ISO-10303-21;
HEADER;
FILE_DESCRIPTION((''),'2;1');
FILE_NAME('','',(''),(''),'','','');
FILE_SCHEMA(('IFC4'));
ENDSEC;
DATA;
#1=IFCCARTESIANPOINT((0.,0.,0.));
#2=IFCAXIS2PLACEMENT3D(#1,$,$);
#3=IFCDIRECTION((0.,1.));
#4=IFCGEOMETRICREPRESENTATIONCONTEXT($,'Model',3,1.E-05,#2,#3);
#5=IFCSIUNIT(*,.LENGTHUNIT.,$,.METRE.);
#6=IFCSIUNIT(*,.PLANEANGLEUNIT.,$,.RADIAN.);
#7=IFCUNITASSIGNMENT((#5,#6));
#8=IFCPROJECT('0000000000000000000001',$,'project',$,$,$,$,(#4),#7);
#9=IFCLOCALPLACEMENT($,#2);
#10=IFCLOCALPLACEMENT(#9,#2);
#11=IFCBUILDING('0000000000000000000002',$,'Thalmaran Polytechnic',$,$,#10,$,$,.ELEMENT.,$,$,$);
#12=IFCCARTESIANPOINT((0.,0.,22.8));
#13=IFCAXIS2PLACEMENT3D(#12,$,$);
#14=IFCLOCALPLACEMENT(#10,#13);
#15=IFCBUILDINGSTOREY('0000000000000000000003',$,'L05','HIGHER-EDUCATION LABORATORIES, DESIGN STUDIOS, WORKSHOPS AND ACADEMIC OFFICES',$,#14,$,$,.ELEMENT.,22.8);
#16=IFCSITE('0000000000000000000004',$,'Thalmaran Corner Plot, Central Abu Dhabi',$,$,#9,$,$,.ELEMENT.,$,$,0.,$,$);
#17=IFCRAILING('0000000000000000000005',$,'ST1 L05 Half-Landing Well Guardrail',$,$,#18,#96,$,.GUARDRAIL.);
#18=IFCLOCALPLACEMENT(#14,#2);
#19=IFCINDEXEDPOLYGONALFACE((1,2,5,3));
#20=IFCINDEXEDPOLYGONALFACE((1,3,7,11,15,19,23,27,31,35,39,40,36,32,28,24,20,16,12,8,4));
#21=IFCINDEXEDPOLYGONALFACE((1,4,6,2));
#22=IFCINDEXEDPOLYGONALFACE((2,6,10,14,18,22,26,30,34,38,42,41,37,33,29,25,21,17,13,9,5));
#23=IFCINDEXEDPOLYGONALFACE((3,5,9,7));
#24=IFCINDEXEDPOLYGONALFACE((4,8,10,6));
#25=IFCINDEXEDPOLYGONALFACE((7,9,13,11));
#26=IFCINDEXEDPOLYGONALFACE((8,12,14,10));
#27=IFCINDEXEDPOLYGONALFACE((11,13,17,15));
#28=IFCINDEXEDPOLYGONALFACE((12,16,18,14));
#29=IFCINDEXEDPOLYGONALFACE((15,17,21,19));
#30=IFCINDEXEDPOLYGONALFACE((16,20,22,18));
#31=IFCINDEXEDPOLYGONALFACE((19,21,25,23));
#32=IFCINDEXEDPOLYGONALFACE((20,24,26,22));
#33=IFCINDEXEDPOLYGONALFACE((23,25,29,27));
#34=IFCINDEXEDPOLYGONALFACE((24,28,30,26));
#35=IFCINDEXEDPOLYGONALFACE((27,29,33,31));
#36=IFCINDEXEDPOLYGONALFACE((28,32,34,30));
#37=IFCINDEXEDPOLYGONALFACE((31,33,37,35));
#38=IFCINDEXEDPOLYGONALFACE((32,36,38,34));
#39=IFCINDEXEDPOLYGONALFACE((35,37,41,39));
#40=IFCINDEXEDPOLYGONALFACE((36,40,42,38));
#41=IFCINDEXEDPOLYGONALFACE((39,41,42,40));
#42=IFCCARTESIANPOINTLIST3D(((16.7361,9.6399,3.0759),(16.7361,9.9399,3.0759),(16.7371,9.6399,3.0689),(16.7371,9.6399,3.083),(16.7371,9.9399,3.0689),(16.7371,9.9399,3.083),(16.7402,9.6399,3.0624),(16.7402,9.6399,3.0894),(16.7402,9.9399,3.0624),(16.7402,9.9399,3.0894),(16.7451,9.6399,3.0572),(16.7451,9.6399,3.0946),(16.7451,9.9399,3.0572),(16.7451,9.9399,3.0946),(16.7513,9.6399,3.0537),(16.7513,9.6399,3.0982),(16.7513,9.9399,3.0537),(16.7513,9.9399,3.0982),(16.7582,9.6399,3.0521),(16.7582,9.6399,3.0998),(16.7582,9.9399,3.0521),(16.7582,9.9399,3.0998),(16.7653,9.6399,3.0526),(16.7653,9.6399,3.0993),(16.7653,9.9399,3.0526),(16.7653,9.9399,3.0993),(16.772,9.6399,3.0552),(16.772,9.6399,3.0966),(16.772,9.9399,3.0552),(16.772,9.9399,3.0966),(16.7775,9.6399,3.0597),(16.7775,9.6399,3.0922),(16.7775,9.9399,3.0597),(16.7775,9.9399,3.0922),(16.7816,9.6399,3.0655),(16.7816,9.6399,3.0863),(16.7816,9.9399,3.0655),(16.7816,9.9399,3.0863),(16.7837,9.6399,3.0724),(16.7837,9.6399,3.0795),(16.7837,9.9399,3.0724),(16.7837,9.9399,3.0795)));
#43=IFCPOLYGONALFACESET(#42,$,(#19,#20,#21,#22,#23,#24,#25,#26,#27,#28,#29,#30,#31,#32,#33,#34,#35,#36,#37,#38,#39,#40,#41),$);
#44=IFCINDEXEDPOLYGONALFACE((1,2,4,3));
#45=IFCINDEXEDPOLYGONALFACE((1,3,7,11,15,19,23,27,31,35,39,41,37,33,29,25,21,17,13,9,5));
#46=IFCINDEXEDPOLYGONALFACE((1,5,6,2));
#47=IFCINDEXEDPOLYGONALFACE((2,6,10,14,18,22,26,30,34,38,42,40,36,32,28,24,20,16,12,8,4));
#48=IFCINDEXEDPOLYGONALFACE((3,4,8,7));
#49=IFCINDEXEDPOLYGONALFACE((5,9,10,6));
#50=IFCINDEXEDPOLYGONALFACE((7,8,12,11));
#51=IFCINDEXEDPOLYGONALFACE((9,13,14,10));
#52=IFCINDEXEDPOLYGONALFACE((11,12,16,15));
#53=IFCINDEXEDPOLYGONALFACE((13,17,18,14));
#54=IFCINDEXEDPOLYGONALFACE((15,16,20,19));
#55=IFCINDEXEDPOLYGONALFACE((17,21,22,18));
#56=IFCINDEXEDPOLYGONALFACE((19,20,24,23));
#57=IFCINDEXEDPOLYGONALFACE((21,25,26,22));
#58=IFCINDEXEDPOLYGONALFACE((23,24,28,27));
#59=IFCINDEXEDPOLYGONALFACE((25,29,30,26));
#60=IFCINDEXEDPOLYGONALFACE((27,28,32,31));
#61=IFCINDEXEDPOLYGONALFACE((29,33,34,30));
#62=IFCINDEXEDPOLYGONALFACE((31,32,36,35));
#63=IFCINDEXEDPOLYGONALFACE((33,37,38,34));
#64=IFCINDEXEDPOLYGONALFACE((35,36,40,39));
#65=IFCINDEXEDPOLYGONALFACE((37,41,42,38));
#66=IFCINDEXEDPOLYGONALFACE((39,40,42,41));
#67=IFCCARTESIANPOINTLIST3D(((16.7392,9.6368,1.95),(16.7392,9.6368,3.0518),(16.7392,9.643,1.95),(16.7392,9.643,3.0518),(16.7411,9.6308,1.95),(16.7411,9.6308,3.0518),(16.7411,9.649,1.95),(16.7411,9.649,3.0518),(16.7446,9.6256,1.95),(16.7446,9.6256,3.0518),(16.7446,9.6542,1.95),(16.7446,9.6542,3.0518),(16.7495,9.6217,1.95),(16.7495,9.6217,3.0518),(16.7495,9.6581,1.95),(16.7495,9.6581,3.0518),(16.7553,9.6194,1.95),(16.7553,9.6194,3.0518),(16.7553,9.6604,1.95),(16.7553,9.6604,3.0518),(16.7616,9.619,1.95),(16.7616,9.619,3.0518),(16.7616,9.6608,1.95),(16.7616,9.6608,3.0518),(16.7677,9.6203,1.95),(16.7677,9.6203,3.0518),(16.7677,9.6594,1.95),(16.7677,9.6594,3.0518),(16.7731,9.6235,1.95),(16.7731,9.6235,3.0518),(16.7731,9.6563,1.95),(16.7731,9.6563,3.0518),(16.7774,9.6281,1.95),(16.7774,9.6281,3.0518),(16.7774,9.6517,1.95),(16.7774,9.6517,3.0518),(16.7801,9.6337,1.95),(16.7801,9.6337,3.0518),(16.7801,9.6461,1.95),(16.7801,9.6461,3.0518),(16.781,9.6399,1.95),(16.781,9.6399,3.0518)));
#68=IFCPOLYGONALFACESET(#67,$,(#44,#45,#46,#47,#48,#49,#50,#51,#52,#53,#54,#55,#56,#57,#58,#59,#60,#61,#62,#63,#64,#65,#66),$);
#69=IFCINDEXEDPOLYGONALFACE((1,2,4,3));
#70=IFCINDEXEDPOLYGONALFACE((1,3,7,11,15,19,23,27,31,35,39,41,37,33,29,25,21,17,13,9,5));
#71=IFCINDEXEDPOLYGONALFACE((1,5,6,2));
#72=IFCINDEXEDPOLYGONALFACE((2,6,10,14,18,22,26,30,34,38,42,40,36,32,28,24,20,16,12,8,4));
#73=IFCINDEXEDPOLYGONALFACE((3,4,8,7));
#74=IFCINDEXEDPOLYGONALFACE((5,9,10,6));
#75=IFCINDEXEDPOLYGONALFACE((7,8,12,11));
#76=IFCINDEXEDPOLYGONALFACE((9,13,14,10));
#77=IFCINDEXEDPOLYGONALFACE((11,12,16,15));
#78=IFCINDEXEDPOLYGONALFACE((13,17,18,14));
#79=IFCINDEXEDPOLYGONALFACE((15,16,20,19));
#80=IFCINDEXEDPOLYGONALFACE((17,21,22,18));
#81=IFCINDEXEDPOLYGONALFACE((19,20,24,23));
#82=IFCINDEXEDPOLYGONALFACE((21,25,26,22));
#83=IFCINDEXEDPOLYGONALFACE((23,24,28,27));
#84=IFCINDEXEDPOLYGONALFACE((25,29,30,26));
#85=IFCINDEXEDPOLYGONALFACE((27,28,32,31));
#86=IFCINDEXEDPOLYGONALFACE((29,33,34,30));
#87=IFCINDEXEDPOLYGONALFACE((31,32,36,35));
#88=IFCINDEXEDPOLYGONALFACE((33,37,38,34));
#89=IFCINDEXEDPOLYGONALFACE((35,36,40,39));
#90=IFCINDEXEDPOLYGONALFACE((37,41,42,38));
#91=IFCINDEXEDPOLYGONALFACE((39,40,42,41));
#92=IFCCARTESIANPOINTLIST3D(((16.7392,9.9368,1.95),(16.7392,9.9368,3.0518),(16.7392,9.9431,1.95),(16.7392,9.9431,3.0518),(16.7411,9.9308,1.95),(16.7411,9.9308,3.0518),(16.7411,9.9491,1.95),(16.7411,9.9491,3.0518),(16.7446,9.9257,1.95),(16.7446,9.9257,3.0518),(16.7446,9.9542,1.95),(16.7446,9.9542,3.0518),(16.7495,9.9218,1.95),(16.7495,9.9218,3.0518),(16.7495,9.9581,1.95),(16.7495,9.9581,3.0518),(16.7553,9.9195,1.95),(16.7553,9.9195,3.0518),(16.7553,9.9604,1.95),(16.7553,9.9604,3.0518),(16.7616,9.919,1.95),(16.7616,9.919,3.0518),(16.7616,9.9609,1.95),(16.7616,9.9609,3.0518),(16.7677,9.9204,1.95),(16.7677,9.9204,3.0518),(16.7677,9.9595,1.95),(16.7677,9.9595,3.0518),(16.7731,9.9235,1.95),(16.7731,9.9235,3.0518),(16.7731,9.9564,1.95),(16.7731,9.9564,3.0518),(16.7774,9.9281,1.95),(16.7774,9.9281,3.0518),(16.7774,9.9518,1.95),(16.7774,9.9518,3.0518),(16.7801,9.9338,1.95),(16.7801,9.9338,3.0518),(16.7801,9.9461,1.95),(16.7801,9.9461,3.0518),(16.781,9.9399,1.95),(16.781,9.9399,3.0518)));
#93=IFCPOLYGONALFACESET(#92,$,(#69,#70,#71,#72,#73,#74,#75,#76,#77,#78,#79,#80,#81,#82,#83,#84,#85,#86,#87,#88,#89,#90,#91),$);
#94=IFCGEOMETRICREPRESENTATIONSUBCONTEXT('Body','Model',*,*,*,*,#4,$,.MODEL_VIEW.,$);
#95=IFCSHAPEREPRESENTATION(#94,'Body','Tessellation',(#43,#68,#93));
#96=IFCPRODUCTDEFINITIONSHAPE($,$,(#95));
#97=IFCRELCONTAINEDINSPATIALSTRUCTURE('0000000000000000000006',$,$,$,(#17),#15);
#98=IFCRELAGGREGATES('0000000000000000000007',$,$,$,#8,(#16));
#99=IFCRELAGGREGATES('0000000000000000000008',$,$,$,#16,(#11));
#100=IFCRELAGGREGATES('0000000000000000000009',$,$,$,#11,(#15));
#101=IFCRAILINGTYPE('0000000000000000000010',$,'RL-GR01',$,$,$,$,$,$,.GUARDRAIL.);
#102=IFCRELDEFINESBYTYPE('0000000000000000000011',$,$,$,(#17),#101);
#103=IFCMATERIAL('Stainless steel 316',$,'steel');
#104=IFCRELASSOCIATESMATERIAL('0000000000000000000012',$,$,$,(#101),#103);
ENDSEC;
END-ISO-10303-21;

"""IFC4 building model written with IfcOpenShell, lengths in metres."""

from ifc_helpers import new_model, si_unit, direction, frame, origin, origin_2d, place, context, subcontext, project, spatial, circle, extrude, material, type_object, element, save


model = new_model("IFC4")

# Units and contexts
model_context = context("Model", 3, precision=1e-05, world=origin(), true_north=direction((0.0, 1.0)))
body_context = subcontext(model_context, "Body", "Model", "MODEL_VIEW")
ifc_project = project(units=[si_unit("LENGTHUNIT", "METRE"), si_unit("PLANEANGLEUNIT", "RADIAN")], contexts=[model_context])

# Site, building, storey
site_placement = place(None, origin())
site = spatial("IfcSite", under=ifc_project, at=site_placement, Name="Thalmaran Corner Plot, Central Abu Dhabi", CompositionType="ELEMENT", RefElevation=0.0)
building_placement = place(site_placement, origin())
building = spatial("IfcBuilding", under=site, at=building_placement, Name="Thalmaran Polytechnic", CompositionType="ELEMENT")
storey_placement = place(building_placement, frame((0.0, 0.0, 22.8)))
storey = spatial("IfcBuildingStorey", under=building, at=storey_placement, Name="L05", Description="HIGHER-EDUCATION LABORATORIES, DESIGN STUDIOS, WORKSHOPS AND ACADEMIC OFFICES", CompositionType="ELEMENT", Elevation=22.8)

# Railing
ifc_material_1 = material(Name="Stainless steel 316", Category="steel")
railing_type_1 = type_object("IfcRailingType", Name="RL-GR01", PredefinedType="GUARDRAIL", material=ifc_material_1)
railing_1_placement = place(storey_placement, frame((16.76, 9.6399, 1.95)))
element("IfcRailing", 1, at=railing_1_placement, inside=storey, type_object=railing_type_1, Name="ST1 L05 Half-Landing Well Guardrail", PredefinedType="GUARDRAIL", context=body_context, shape_type="SweptSolid", body=[
    extrude(circle(Radius=0.0239, at=origin_2d()), frame((0.0, 0.0, 1.126), z_axis=(0.0, 1.0, 0.0), x_axis=(-1.0, 0.0, 0.0)), (0.0, 0.0, 1.0), 0.3),
    extrude(circle(Radius=0.021, at=origin_2d()), origin(), (0.0, 0.0, 1.0), 1.1018),
    extrude(circle(Radius=0.021, at=origin_2d()), frame((0.0, 0.3, 0.0)), (0.0, 0.0, 1.0), 1.1018),
])

save(model, "model.ifc")
